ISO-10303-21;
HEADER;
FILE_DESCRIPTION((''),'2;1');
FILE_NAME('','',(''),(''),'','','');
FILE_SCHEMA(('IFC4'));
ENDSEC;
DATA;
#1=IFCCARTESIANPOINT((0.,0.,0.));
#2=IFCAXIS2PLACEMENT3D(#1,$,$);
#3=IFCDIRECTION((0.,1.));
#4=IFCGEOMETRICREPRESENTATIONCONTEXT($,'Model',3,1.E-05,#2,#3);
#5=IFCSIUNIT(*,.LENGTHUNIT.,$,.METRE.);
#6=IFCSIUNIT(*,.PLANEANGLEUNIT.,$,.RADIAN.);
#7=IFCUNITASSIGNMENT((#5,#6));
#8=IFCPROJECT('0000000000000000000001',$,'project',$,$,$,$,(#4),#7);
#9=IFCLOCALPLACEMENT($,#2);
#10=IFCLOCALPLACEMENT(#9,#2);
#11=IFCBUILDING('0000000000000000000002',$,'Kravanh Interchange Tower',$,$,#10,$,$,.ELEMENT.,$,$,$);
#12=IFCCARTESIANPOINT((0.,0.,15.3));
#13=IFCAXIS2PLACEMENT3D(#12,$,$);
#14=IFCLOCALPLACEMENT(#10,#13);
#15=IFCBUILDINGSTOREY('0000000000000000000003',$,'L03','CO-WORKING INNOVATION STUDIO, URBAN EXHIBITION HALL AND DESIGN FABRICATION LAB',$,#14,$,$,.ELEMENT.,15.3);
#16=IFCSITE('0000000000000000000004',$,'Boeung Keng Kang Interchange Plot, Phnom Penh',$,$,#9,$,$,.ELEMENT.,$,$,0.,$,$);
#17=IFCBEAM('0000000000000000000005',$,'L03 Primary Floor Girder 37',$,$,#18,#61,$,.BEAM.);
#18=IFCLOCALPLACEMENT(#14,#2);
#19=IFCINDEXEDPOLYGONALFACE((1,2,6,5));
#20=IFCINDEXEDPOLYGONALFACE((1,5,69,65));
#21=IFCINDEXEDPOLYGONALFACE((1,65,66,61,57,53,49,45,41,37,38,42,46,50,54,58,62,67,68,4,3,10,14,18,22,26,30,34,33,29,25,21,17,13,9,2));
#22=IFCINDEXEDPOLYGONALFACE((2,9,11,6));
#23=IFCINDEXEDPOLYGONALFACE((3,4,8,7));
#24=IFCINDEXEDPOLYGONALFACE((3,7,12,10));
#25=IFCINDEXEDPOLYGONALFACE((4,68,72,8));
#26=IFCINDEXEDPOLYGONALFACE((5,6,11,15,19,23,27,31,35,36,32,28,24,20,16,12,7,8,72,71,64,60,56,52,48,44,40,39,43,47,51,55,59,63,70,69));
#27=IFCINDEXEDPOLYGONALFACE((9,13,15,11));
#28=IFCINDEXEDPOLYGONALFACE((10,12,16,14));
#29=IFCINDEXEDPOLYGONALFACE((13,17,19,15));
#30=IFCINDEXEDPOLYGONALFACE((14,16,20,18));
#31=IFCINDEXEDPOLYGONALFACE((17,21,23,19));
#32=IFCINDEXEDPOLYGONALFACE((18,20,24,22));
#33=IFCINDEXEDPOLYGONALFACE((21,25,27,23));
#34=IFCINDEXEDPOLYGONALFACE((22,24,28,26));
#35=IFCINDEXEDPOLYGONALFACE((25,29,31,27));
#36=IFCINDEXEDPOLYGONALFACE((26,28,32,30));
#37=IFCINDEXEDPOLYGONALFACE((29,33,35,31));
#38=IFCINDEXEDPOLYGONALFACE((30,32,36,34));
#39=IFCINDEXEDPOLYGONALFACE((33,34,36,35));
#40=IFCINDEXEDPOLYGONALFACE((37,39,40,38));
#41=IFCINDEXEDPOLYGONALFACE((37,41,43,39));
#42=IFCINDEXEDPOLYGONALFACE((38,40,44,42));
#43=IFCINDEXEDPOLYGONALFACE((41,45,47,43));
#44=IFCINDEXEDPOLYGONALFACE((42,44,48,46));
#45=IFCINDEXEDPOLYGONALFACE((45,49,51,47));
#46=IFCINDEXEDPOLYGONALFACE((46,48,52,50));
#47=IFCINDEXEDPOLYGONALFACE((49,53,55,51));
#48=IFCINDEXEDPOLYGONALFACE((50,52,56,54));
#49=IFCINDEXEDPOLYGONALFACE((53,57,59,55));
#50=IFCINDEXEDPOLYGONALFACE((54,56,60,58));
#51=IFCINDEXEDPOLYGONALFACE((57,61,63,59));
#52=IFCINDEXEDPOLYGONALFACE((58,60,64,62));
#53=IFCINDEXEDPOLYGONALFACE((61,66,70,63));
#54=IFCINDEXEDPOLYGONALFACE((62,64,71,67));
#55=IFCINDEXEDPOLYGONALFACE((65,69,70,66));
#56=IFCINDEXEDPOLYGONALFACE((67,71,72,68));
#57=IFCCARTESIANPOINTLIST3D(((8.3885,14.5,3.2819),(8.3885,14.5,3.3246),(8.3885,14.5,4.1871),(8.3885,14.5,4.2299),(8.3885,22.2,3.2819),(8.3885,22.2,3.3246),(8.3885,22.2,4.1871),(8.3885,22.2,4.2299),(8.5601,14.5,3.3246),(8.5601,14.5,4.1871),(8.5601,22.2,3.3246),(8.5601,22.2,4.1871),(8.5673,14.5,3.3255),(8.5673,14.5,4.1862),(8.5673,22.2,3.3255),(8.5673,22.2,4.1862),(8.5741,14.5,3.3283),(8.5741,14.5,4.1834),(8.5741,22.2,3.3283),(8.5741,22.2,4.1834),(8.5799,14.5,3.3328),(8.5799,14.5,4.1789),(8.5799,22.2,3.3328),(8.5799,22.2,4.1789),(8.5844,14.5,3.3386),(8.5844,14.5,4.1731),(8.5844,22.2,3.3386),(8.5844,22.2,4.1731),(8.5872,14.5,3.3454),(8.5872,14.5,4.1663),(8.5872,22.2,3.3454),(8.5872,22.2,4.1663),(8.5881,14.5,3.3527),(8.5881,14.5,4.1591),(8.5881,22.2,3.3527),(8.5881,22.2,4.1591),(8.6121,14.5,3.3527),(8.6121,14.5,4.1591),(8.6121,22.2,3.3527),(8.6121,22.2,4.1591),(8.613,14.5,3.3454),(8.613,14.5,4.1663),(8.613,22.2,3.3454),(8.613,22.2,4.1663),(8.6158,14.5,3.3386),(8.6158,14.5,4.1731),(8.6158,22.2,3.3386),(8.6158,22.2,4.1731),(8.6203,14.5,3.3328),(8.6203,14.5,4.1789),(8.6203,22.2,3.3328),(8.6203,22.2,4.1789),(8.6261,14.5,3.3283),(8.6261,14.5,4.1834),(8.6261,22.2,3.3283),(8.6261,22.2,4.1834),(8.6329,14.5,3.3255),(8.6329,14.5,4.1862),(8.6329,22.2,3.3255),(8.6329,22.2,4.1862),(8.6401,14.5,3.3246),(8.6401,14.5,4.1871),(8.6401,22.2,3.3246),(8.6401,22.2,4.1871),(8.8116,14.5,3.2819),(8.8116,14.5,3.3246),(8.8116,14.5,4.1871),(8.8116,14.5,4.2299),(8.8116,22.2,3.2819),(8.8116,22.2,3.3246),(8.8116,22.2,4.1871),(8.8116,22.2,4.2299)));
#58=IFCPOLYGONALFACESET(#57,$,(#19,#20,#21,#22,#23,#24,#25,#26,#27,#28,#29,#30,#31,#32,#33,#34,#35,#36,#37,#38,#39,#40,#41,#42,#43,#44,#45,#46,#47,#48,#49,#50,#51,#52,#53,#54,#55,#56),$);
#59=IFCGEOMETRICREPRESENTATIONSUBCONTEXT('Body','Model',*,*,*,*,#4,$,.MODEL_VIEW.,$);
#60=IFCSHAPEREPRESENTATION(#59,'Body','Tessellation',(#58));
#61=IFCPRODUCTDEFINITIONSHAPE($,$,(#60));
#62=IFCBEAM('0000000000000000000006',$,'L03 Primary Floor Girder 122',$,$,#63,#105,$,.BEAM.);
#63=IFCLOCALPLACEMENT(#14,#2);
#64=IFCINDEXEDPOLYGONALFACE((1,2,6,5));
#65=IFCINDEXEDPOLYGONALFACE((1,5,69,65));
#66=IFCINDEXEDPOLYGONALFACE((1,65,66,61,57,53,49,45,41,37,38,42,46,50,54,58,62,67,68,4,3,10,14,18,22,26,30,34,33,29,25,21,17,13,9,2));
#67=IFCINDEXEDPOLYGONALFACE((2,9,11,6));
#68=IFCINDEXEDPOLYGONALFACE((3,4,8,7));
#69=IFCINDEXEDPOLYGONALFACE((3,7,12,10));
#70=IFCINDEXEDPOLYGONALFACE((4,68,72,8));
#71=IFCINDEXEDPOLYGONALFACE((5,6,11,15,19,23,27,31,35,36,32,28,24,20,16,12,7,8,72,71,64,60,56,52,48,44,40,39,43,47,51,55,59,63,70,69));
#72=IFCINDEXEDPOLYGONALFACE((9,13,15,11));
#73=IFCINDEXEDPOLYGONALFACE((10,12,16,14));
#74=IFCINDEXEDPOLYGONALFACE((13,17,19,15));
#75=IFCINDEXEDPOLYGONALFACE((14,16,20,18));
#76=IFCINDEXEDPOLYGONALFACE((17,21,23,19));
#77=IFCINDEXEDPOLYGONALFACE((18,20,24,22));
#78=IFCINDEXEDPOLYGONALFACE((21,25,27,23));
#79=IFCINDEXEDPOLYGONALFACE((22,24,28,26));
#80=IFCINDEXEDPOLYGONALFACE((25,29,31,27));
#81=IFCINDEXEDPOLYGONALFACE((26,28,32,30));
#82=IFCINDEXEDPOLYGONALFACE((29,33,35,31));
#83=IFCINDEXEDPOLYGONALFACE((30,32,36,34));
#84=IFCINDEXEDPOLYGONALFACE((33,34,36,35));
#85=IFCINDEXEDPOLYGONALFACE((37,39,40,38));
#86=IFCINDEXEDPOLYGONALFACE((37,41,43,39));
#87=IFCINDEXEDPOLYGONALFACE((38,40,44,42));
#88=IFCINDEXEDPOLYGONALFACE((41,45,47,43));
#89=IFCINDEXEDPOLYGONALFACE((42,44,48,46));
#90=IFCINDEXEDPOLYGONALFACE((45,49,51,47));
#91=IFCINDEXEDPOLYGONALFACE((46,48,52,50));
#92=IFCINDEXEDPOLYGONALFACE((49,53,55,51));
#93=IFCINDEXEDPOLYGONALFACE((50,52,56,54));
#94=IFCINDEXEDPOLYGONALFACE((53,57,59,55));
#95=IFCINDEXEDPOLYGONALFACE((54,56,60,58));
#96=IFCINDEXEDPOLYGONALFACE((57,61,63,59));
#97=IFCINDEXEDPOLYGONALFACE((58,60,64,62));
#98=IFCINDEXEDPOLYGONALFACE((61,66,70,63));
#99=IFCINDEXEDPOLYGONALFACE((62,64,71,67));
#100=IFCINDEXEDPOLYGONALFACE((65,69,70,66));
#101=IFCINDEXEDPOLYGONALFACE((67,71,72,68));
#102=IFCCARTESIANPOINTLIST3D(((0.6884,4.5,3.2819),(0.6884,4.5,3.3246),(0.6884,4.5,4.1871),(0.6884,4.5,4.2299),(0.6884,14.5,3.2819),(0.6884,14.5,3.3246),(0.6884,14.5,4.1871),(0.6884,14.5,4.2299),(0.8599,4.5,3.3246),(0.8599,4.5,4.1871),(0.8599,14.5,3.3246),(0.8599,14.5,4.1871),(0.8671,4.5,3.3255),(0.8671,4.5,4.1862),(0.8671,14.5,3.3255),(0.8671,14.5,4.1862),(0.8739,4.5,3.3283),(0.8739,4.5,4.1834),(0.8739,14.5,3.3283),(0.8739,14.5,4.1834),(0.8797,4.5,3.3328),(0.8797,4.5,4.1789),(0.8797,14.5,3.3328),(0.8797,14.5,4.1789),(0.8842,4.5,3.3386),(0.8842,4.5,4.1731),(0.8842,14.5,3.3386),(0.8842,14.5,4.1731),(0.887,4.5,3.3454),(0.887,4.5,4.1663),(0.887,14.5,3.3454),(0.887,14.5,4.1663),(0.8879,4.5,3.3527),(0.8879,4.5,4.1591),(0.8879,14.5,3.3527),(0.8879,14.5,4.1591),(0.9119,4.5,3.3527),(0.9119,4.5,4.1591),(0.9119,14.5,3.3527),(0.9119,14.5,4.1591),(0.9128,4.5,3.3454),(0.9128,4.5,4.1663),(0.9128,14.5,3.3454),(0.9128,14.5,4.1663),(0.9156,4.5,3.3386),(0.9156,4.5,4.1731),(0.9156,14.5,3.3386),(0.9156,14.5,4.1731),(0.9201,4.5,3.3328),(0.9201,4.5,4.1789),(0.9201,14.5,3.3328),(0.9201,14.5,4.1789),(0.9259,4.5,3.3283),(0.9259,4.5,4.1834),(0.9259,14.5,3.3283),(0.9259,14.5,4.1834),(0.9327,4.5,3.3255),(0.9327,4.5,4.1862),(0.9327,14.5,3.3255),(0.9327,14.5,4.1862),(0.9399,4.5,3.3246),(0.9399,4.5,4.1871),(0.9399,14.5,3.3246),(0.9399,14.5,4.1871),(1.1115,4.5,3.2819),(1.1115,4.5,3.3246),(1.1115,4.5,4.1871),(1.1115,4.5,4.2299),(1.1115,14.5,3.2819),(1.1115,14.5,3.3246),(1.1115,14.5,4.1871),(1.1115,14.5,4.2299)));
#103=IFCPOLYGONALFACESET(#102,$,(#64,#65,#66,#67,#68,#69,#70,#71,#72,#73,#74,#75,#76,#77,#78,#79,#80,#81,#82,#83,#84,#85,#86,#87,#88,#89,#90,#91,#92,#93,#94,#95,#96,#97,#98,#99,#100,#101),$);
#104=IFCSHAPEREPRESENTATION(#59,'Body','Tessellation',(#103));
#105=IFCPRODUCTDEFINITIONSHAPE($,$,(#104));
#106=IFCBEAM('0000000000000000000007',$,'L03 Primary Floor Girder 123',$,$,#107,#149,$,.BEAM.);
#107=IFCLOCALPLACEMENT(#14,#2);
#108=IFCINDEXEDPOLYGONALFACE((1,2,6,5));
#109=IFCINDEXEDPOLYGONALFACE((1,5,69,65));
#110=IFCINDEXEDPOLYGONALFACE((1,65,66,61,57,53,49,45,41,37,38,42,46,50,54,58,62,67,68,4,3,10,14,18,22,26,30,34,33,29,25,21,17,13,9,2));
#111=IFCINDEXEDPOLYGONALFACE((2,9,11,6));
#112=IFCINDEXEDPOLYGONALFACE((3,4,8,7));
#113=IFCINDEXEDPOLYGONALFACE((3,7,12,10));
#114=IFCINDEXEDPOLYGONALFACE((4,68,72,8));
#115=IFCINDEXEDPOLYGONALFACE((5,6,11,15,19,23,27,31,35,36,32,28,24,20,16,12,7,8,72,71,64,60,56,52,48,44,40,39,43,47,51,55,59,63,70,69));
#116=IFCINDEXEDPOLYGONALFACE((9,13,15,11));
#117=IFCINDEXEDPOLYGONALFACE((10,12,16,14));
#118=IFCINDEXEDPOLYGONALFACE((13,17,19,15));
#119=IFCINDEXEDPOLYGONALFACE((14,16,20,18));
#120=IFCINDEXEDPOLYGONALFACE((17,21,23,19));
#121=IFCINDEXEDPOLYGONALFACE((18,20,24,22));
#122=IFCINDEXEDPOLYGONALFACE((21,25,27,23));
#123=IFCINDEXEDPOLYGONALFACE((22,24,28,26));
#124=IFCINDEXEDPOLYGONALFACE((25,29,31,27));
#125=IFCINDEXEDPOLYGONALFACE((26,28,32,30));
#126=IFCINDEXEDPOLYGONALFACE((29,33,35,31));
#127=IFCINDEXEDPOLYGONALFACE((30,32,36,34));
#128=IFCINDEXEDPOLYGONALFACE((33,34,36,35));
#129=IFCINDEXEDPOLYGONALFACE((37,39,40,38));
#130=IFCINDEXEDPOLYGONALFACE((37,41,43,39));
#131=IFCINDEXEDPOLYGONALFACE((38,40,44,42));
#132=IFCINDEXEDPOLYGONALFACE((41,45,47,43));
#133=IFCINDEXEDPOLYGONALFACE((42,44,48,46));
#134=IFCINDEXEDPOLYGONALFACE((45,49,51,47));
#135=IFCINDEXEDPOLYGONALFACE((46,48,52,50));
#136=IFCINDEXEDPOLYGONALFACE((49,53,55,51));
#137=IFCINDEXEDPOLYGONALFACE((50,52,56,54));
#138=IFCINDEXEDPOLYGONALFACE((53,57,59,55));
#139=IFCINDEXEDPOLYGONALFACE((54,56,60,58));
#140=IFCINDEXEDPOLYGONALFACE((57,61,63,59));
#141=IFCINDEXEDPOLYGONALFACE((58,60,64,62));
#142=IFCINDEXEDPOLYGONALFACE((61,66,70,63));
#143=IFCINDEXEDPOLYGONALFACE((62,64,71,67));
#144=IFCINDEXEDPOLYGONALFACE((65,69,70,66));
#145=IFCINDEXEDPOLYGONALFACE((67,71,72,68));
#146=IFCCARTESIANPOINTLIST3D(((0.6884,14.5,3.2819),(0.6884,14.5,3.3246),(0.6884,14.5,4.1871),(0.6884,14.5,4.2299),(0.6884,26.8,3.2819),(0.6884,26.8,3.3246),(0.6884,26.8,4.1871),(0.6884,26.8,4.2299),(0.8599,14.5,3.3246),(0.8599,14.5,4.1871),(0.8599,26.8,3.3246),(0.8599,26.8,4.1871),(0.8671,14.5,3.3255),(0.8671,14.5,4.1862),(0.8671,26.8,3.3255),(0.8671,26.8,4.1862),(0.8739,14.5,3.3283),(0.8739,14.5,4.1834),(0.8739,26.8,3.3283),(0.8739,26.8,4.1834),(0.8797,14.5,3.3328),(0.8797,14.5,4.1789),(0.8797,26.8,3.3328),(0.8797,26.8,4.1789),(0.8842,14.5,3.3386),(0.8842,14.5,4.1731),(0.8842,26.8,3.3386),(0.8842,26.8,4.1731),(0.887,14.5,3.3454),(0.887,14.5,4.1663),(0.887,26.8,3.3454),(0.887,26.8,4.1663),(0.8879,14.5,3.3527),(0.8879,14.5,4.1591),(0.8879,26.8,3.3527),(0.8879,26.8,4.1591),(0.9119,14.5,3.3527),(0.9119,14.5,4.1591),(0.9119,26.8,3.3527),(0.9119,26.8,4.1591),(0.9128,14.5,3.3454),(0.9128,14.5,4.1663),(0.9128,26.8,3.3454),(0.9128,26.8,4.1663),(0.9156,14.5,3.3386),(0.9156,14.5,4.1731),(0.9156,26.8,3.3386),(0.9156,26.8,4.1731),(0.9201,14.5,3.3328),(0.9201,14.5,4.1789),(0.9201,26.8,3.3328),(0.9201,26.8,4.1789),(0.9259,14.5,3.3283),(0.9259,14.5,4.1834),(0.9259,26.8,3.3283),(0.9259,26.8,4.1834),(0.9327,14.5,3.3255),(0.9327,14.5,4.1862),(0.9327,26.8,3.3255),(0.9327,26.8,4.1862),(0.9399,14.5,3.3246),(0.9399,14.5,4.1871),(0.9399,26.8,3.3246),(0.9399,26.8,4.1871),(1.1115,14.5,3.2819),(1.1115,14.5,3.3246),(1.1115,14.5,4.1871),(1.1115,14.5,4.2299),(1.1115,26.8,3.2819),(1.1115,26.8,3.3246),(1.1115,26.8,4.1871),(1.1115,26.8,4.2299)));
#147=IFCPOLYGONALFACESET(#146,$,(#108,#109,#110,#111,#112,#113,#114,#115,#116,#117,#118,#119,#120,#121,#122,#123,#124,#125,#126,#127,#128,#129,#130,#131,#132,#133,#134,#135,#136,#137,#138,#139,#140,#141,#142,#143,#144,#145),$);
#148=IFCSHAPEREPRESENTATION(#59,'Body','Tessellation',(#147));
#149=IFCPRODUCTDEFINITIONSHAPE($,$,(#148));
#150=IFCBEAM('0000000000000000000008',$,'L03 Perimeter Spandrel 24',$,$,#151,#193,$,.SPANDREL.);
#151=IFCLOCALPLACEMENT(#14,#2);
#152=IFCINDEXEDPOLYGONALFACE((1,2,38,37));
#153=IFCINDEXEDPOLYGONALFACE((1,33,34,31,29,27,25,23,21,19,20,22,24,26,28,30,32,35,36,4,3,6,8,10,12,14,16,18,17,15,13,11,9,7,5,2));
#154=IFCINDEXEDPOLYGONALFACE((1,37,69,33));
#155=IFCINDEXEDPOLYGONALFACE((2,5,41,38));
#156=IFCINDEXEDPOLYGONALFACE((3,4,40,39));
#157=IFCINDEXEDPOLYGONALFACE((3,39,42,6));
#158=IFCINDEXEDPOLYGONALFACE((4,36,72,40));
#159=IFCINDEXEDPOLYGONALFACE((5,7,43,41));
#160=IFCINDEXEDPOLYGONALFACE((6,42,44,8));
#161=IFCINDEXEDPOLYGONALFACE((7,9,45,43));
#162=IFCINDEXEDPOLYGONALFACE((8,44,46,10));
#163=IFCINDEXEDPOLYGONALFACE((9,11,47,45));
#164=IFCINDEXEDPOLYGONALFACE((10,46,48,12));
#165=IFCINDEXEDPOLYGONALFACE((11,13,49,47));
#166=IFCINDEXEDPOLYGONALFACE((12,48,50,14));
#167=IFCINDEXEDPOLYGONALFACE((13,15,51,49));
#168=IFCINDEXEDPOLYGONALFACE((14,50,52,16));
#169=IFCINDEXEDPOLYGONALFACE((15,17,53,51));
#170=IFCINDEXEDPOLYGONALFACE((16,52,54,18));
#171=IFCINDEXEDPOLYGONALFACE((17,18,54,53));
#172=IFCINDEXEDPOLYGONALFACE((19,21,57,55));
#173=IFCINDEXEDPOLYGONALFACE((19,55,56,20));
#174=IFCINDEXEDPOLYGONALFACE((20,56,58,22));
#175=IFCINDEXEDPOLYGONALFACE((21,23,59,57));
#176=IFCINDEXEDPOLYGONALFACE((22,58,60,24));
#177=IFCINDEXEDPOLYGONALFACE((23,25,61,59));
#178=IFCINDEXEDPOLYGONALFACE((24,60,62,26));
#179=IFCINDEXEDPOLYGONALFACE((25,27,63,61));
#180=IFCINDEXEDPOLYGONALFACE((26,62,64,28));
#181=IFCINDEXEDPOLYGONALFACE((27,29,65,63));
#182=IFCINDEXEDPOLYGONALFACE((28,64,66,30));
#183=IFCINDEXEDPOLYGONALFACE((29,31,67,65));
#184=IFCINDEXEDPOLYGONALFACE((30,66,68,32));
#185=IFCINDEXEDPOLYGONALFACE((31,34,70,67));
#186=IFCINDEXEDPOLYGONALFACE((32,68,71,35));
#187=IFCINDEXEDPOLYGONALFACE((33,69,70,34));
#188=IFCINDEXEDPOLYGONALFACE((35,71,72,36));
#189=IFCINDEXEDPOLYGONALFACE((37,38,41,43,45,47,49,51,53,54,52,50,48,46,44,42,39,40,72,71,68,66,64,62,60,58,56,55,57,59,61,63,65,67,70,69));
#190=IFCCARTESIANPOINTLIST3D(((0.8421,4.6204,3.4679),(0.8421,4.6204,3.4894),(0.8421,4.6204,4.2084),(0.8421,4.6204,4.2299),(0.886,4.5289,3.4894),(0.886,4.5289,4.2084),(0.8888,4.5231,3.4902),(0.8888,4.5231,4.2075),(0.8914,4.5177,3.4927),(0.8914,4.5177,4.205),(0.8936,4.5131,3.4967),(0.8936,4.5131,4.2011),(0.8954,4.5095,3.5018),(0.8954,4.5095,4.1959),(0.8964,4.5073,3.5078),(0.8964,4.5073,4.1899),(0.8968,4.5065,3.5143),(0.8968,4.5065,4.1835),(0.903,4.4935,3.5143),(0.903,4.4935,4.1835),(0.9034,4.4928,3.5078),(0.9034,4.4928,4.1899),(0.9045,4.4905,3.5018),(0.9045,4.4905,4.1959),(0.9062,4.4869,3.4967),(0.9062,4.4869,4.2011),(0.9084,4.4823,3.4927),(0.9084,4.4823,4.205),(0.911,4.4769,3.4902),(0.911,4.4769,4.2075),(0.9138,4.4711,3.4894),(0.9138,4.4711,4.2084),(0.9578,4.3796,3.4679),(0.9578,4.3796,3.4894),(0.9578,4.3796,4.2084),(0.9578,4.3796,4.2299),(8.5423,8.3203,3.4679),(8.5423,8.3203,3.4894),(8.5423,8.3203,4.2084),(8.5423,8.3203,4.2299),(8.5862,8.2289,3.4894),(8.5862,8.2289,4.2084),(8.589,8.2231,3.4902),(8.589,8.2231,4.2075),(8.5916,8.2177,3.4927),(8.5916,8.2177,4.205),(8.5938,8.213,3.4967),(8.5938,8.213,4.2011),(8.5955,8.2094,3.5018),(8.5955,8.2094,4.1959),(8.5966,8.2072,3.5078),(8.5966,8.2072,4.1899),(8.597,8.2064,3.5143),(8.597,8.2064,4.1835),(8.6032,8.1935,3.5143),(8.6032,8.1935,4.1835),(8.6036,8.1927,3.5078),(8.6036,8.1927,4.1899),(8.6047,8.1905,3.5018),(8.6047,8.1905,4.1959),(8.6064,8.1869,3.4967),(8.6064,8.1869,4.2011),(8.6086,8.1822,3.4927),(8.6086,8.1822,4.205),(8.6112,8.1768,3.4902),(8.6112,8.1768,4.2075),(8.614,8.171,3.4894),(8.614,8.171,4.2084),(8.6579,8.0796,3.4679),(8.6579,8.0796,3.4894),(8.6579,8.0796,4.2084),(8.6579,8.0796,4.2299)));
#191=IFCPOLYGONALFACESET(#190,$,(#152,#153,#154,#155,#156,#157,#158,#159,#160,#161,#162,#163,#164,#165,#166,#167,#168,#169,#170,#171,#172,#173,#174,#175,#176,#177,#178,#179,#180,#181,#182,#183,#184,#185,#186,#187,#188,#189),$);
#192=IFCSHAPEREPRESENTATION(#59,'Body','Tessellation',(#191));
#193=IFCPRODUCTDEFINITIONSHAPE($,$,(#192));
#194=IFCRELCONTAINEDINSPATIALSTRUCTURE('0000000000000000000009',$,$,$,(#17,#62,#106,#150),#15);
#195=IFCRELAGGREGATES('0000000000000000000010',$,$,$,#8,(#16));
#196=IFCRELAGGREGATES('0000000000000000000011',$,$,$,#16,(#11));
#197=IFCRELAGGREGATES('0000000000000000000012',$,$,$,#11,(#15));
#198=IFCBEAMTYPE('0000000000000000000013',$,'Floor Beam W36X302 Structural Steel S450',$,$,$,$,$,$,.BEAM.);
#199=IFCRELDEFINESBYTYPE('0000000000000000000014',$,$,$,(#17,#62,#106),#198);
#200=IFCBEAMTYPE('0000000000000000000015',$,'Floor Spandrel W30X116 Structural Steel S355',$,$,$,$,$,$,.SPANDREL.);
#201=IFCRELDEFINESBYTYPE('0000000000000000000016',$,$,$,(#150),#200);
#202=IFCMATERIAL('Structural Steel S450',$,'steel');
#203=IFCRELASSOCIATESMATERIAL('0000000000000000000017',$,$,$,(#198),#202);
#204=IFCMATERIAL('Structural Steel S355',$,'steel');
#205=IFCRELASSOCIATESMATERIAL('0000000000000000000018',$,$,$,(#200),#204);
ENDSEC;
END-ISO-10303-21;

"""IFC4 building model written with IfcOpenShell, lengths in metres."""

from ifc_helpers import new_model, si_unit, direction, frame, origin, origin_2d, place, context, subcontext, project, spatial, i_section, extrude, material, material_profile, profile_set, type_object, element, save


model = new_model("IFC4")

# Units and contexts
model_context = context("Model", 3, precision=1e-05, world=origin(), true_north=direction((0.0, 1.0)))
body_context = subcontext(model_context, "Body", "Model", "MODEL_VIEW")
ifc_project = project(units=[si_unit("LENGTHUNIT", "METRE"), si_unit("PLANEANGLEUNIT", "RADIAN")], contexts=[model_context])

# Site, building, storey
site_placement = place(None, origin())
site = spatial("IfcSite", under=ifc_project, at=site_placement, Name="Boeung Keng Kang Interchange Plot, Phnom Penh", CompositionType="ELEMENT", RefElevation=0.0)
building_placement = place(site_placement, origin())
building = spatial("IfcBuilding", under=site, at=building_placement, Name="Kravanh Interchange Tower", CompositionType="ELEMENT")
storey_placement = place(building_placement, frame((0.0, 0.0, 15.3)))
storey = spatial("IfcBuildingStorey", under=building, at=storey_placement, Name="L03", Description="CO-WORKING INNOVATION STUDIO, URBAN EXHIBITION HALL AND DESIGN FABRICATION LAB", CompositionType="ELEMENT", Elevation=15.3)

# Beams
ifc_material_1 = material(Name="Structural Steel S450", Category="steel")
ifc_material_profile_1 = material_profile(ifc_material_1, i_section(OverallWidth=0.4231, OverallDepth=0.948, WebThickness=0.0239, FlangeThickness=0.0427, FilletRadius=0.0281, at=origin_2d()), Name="W36X302")
ifc_profile_set_1 = profile_set([ifc_material_profile_1], Name="Structural Steel S450")
beam_type_1 = type_object("IfcBeamType", Name="Floor Beam W36X302 Structural Steel S450", PredefinedType="BEAM", material=ifc_profile_set_1)
beam_1_placement = place(storey_placement, frame((8.6001, 14.5, 3.7559), z_axis=(0.0, 1.0, 0.0), x_axis=(-1.0, 0.0, 0.0)))
element("IfcBeam", 1, at=beam_1_placement, inside=storey, type_object=beam_type_1, Name="L03 Primary Floor Girder 37", PredefinedType="BEAM", context=body_context, shape_type="SweptSolid", body=[
    extrude(i_section(OverallWidth=0.4231, OverallDepth=0.948, WebThickness=0.0239, FlangeThickness=0.0427, FilletRadius=0.0281, at=origin_2d()), origin(), (0.0, 0.0, 1.0), 7.7),
])
beam_2_placement = place(storey_placement, frame((0.8999, 4.5, 3.7559), z_axis=(0.0, 1.0, 0.0), x_axis=(-1.0, 0.0, 0.0)))
element("IfcBeam", 2, at=beam_2_placement, inside=storey, type_object=beam_type_1, Name="L03 Primary Floor Girder 122", PredefinedType="BEAM", context=body_context, shape_type="SweptSolid", body=[
    extrude(i_section(OverallWidth=0.4231, OverallDepth=0.948, WebThickness=0.0239, FlangeThickness=0.0427, FilletRadius=0.0281, at=origin_2d()), origin(), (0.0, 0.0, 1.0), 10.0),
])
beam_3_placement = place(storey_placement, frame((0.8999, 14.5, 3.7559), z_axis=(0.0, 1.0, 0.0), x_axis=(-1.0, 0.0, 0.0)))
element("IfcBeam", 3, at=beam_3_placement, inside=storey, type_object=beam_type_1, Name="L03 Primary Floor Girder 123", PredefinedType="BEAM", context=body_context, shape_type="SweptSolid", body=[
    extrude(i_section(OverallWidth=0.4231, OverallDepth=0.948, WebThickness=0.0239, FlangeThickness=0.0427, FilletRadius=0.0281, at=origin_2d()), origin(), (0.0, 0.0, 1.0), 12.3),
])
ifc_material_2 = material(Name="Structural Steel S355", Category="steel")
ifc_material_profile_2 = material_profile(ifc_material_2, i_section(OverallWidth=0.2671, OverallDepth=0.762, WebThickness=0.0144, FlangeThickness=0.0215, FilletRadius=0.0249, at=origin_2d()), Name="W30X116")
ifc_profile_set_2 = profile_set([ifc_material_profile_2], Name="Structural Steel S355")
beam_type_2 = type_object("IfcBeamType", Name="Floor Spandrel W30X116 Structural Steel S355", PredefinedType="SPANDREL", material=ifc_profile_set_2)
beam_4_placement = place(storey_placement, frame((8.6001, 8.2, 3.8489), z_axis=(-0.901347, -0.433098, 0.0), x_axis=(0.433098, -0.901347, 0.0)))
element("IfcBeam", 4, at=beam_4_placement, inside=storey, type_object=beam_type_2, Name="L03 Perimeter Spandrel 24", PredefinedType="SPANDREL", context=body_context, shape_type="SweptSolid", body=[
    extrude(i_section(OverallWidth=0.2671, OverallDepth=0.762, WebThickness=0.0144, FlangeThickness=0.0215, FilletRadius=0.0249, at=origin_2d()), origin(), (0.0, 0.0, 1.0), 8.543),
])

save(model, "model.ifc")
